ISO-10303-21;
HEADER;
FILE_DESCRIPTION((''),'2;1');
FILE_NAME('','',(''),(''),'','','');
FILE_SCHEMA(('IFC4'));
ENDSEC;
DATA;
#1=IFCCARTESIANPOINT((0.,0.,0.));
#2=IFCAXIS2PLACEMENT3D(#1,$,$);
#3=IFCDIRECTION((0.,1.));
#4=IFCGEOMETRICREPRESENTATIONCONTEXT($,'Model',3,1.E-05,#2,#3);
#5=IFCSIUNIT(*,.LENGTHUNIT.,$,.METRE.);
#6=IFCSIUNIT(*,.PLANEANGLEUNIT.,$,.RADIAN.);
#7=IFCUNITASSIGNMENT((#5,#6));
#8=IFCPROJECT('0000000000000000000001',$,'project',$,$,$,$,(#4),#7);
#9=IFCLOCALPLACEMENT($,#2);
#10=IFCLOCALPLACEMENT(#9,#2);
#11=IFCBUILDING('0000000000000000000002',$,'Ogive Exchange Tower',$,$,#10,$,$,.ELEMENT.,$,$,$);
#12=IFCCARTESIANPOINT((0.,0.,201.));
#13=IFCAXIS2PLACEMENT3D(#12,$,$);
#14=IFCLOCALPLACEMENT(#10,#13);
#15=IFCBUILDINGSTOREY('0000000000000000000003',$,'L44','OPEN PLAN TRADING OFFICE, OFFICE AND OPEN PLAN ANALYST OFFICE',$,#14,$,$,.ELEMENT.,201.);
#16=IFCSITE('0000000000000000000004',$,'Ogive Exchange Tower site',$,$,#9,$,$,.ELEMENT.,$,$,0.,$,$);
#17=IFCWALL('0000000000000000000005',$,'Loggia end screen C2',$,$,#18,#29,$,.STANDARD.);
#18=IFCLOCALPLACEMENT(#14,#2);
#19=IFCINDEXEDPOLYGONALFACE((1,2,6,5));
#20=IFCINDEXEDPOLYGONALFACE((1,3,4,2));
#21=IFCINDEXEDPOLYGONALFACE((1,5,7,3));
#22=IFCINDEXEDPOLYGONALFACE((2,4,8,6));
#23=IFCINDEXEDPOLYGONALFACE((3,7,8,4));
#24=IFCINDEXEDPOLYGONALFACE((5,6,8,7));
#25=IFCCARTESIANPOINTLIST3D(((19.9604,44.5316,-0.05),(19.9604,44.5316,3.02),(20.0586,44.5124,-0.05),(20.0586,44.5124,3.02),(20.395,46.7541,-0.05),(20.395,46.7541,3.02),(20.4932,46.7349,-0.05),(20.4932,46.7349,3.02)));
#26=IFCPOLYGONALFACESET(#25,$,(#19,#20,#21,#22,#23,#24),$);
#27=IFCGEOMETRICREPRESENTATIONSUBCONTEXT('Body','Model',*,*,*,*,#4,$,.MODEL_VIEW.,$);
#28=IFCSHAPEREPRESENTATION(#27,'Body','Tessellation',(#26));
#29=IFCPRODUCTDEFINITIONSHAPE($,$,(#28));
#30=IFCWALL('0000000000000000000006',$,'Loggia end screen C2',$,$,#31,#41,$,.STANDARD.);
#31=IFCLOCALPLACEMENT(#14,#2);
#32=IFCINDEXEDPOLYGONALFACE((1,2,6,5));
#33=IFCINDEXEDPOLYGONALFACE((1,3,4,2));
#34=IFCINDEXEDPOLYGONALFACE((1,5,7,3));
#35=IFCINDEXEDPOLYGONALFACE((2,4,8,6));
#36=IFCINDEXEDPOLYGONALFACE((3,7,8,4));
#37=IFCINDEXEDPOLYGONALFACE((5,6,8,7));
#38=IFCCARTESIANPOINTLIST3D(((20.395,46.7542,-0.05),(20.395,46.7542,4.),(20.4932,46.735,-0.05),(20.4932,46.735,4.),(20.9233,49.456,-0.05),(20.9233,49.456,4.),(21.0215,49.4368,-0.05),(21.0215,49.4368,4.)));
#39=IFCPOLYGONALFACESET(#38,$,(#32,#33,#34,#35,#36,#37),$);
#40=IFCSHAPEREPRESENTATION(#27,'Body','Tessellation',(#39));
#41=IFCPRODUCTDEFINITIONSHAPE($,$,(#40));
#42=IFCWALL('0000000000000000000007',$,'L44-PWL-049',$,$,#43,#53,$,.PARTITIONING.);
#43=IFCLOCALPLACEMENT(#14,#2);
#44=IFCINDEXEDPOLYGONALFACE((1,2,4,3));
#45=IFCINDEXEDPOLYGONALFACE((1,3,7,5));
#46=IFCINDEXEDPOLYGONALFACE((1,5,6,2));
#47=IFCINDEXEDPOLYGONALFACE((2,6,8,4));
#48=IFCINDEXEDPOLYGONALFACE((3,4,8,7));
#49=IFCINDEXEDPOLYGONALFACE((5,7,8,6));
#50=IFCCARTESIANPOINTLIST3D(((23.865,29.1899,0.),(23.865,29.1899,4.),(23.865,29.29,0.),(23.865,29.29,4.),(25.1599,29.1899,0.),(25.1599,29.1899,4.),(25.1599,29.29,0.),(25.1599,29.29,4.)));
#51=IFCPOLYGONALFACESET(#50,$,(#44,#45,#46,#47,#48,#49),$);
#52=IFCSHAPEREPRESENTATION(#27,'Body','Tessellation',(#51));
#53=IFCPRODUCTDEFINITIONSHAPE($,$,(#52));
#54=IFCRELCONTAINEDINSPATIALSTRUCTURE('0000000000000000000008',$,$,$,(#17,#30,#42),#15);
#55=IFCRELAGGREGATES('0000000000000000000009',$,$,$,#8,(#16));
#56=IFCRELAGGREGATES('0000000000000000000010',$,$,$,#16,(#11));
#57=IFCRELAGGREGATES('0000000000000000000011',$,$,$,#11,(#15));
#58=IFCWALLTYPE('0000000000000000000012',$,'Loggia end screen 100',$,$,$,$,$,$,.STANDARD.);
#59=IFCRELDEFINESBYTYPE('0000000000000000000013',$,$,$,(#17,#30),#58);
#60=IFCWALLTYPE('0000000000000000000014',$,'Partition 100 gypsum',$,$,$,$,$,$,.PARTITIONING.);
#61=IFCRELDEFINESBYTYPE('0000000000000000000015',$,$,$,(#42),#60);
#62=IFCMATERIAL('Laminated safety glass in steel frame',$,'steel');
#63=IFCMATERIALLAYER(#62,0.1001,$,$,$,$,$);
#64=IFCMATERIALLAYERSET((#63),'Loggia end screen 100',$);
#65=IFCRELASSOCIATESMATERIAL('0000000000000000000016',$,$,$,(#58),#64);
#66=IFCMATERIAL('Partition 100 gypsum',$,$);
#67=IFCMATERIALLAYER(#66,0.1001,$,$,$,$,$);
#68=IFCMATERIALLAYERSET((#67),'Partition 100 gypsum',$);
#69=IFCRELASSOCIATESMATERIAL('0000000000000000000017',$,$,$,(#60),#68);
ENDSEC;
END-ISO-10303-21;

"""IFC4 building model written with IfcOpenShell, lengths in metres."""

from ifc_helpers import new_model, si_unit, direction, frame, frame_2d, origin, place, context, subcontext, project, spatial, rectangle, extrude, material, layer, layer_set, type_object, element, save


model = new_model("IFC4")

# Units and contexts
model_context = context("Model", 3, precision=1e-05, world=origin(), true_north=direction((0.0, 1.0)))
body_context = subcontext(model_context, "Body", "Model", "MODEL_VIEW")
ifc_project = project(units=[si_unit("LENGTHUNIT", "METRE"), si_unit("PLANEANGLEUNIT", "RADIAN")], contexts=[model_context])

# Site, building, storey
site_placement = place(None, origin())
site = spatial("IfcSite", under=ifc_project, at=site_placement, Name="Ogive Exchange Tower site", CompositionType="ELEMENT", RefElevation=0.0)
building_placement = place(site_placement, origin())
building = spatial("IfcBuilding", under=site, at=building_placement, Name="Ogive Exchange Tower", CompositionType="ELEMENT")
storey_placement = place(building_placement, frame((0.0, 0.0, 201.0)))
storey = spatial("IfcBuildingStorey", under=building, at=storey_placement, Name="L44", Description="OPEN PLAN TRADING OFFICE, OFFICE AND OPEN PLAN ANALYST OFFICE", CompositionType="ELEMENT", Elevation=201.0)

# Walls
ifc_material_1 = material(Name="Laminated safety glass in steel frame", Category="steel")
ifc_layer_1 = layer(ifc_material_1, 0.1001)
ifc_layer_set_1 = layer_set([ifc_layer_1], Name="Loggia end screen 100")
wall_type_1 = type_object("IfcWallType", Name="Loggia end screen 100", PredefinedType="STANDARD", material=ifc_layer_set_1)
wall_1_placement = place(storey_placement, frame((20.0095, 44.522, -0.05), z_axis=(0.0, 0.0, 1.0), x_axis=(0.191885, 0.981417, 0.0)))
element("IfcWall", 1, at=wall_1_placement, inside=storey, type_object=wall_type_1, Name="Loggia end screen C2", PredefinedType="STANDARD", context=body_context, shape_type="SweptSolid", body=[
    extrude(rectangle(XDim=2.2646, YDim=0.1001, at=frame_2d((1.1323, 0.0))), origin(), (0.0, 0.0, 1.0), 3.0701),
])
wall_2_placement = place(storey_placement, frame((20.4441, 46.7446, -0.05), z_axis=(0.0, 0.0, 1.0), x_axis=(0.191919, 0.981411, 0.0)))
element("IfcWall", 2, at=wall_2_placement, inside=storey, type_object=wall_type_1, Name="Loggia end screen C2", PredefinedType="STANDARD", context=body_context, shape_type="SweptSolid", body=[
    extrude(rectangle(XDim=2.7529, YDim=0.1001, at=frame_2d((1.3765, 0.0))), origin(), (0.0, 0.0, 1.0), 4.05),
])
ifc_material_2 = material(Name="Partition 100 gypsum")
ifc_layer_2 = layer(ifc_material_2, 0.1001)
ifc_layer_set_2 = layer_set([ifc_layer_2], Name="Partition 100 gypsum")
wall_type_2 = type_object("IfcWallType", Name="Partition 100 gypsum", PredefinedType="PARTITIONING", material=ifc_layer_set_2)
wall_3_placement = place(storey_placement, frame((23.865, 29.24, 0.0), z_axis=(0.0, 0.0, 1.0), x_axis=(1.0, 0.0, 0.0)))
element("IfcWall", 3, at=wall_3_placement, inside=storey, type_object=wall_type_2, Name="L44-PWL-049", PredefinedType="PARTITIONING", context=body_context, shape_type="SweptSolid", body=[
    extrude(rectangle(XDim=1.2949, YDim=0.1001, at=frame_2d((0.6475, 0.0))), origin(), (0.0, 0.0, 1.0), 4.0),
])

save(model, "model.ifc")
